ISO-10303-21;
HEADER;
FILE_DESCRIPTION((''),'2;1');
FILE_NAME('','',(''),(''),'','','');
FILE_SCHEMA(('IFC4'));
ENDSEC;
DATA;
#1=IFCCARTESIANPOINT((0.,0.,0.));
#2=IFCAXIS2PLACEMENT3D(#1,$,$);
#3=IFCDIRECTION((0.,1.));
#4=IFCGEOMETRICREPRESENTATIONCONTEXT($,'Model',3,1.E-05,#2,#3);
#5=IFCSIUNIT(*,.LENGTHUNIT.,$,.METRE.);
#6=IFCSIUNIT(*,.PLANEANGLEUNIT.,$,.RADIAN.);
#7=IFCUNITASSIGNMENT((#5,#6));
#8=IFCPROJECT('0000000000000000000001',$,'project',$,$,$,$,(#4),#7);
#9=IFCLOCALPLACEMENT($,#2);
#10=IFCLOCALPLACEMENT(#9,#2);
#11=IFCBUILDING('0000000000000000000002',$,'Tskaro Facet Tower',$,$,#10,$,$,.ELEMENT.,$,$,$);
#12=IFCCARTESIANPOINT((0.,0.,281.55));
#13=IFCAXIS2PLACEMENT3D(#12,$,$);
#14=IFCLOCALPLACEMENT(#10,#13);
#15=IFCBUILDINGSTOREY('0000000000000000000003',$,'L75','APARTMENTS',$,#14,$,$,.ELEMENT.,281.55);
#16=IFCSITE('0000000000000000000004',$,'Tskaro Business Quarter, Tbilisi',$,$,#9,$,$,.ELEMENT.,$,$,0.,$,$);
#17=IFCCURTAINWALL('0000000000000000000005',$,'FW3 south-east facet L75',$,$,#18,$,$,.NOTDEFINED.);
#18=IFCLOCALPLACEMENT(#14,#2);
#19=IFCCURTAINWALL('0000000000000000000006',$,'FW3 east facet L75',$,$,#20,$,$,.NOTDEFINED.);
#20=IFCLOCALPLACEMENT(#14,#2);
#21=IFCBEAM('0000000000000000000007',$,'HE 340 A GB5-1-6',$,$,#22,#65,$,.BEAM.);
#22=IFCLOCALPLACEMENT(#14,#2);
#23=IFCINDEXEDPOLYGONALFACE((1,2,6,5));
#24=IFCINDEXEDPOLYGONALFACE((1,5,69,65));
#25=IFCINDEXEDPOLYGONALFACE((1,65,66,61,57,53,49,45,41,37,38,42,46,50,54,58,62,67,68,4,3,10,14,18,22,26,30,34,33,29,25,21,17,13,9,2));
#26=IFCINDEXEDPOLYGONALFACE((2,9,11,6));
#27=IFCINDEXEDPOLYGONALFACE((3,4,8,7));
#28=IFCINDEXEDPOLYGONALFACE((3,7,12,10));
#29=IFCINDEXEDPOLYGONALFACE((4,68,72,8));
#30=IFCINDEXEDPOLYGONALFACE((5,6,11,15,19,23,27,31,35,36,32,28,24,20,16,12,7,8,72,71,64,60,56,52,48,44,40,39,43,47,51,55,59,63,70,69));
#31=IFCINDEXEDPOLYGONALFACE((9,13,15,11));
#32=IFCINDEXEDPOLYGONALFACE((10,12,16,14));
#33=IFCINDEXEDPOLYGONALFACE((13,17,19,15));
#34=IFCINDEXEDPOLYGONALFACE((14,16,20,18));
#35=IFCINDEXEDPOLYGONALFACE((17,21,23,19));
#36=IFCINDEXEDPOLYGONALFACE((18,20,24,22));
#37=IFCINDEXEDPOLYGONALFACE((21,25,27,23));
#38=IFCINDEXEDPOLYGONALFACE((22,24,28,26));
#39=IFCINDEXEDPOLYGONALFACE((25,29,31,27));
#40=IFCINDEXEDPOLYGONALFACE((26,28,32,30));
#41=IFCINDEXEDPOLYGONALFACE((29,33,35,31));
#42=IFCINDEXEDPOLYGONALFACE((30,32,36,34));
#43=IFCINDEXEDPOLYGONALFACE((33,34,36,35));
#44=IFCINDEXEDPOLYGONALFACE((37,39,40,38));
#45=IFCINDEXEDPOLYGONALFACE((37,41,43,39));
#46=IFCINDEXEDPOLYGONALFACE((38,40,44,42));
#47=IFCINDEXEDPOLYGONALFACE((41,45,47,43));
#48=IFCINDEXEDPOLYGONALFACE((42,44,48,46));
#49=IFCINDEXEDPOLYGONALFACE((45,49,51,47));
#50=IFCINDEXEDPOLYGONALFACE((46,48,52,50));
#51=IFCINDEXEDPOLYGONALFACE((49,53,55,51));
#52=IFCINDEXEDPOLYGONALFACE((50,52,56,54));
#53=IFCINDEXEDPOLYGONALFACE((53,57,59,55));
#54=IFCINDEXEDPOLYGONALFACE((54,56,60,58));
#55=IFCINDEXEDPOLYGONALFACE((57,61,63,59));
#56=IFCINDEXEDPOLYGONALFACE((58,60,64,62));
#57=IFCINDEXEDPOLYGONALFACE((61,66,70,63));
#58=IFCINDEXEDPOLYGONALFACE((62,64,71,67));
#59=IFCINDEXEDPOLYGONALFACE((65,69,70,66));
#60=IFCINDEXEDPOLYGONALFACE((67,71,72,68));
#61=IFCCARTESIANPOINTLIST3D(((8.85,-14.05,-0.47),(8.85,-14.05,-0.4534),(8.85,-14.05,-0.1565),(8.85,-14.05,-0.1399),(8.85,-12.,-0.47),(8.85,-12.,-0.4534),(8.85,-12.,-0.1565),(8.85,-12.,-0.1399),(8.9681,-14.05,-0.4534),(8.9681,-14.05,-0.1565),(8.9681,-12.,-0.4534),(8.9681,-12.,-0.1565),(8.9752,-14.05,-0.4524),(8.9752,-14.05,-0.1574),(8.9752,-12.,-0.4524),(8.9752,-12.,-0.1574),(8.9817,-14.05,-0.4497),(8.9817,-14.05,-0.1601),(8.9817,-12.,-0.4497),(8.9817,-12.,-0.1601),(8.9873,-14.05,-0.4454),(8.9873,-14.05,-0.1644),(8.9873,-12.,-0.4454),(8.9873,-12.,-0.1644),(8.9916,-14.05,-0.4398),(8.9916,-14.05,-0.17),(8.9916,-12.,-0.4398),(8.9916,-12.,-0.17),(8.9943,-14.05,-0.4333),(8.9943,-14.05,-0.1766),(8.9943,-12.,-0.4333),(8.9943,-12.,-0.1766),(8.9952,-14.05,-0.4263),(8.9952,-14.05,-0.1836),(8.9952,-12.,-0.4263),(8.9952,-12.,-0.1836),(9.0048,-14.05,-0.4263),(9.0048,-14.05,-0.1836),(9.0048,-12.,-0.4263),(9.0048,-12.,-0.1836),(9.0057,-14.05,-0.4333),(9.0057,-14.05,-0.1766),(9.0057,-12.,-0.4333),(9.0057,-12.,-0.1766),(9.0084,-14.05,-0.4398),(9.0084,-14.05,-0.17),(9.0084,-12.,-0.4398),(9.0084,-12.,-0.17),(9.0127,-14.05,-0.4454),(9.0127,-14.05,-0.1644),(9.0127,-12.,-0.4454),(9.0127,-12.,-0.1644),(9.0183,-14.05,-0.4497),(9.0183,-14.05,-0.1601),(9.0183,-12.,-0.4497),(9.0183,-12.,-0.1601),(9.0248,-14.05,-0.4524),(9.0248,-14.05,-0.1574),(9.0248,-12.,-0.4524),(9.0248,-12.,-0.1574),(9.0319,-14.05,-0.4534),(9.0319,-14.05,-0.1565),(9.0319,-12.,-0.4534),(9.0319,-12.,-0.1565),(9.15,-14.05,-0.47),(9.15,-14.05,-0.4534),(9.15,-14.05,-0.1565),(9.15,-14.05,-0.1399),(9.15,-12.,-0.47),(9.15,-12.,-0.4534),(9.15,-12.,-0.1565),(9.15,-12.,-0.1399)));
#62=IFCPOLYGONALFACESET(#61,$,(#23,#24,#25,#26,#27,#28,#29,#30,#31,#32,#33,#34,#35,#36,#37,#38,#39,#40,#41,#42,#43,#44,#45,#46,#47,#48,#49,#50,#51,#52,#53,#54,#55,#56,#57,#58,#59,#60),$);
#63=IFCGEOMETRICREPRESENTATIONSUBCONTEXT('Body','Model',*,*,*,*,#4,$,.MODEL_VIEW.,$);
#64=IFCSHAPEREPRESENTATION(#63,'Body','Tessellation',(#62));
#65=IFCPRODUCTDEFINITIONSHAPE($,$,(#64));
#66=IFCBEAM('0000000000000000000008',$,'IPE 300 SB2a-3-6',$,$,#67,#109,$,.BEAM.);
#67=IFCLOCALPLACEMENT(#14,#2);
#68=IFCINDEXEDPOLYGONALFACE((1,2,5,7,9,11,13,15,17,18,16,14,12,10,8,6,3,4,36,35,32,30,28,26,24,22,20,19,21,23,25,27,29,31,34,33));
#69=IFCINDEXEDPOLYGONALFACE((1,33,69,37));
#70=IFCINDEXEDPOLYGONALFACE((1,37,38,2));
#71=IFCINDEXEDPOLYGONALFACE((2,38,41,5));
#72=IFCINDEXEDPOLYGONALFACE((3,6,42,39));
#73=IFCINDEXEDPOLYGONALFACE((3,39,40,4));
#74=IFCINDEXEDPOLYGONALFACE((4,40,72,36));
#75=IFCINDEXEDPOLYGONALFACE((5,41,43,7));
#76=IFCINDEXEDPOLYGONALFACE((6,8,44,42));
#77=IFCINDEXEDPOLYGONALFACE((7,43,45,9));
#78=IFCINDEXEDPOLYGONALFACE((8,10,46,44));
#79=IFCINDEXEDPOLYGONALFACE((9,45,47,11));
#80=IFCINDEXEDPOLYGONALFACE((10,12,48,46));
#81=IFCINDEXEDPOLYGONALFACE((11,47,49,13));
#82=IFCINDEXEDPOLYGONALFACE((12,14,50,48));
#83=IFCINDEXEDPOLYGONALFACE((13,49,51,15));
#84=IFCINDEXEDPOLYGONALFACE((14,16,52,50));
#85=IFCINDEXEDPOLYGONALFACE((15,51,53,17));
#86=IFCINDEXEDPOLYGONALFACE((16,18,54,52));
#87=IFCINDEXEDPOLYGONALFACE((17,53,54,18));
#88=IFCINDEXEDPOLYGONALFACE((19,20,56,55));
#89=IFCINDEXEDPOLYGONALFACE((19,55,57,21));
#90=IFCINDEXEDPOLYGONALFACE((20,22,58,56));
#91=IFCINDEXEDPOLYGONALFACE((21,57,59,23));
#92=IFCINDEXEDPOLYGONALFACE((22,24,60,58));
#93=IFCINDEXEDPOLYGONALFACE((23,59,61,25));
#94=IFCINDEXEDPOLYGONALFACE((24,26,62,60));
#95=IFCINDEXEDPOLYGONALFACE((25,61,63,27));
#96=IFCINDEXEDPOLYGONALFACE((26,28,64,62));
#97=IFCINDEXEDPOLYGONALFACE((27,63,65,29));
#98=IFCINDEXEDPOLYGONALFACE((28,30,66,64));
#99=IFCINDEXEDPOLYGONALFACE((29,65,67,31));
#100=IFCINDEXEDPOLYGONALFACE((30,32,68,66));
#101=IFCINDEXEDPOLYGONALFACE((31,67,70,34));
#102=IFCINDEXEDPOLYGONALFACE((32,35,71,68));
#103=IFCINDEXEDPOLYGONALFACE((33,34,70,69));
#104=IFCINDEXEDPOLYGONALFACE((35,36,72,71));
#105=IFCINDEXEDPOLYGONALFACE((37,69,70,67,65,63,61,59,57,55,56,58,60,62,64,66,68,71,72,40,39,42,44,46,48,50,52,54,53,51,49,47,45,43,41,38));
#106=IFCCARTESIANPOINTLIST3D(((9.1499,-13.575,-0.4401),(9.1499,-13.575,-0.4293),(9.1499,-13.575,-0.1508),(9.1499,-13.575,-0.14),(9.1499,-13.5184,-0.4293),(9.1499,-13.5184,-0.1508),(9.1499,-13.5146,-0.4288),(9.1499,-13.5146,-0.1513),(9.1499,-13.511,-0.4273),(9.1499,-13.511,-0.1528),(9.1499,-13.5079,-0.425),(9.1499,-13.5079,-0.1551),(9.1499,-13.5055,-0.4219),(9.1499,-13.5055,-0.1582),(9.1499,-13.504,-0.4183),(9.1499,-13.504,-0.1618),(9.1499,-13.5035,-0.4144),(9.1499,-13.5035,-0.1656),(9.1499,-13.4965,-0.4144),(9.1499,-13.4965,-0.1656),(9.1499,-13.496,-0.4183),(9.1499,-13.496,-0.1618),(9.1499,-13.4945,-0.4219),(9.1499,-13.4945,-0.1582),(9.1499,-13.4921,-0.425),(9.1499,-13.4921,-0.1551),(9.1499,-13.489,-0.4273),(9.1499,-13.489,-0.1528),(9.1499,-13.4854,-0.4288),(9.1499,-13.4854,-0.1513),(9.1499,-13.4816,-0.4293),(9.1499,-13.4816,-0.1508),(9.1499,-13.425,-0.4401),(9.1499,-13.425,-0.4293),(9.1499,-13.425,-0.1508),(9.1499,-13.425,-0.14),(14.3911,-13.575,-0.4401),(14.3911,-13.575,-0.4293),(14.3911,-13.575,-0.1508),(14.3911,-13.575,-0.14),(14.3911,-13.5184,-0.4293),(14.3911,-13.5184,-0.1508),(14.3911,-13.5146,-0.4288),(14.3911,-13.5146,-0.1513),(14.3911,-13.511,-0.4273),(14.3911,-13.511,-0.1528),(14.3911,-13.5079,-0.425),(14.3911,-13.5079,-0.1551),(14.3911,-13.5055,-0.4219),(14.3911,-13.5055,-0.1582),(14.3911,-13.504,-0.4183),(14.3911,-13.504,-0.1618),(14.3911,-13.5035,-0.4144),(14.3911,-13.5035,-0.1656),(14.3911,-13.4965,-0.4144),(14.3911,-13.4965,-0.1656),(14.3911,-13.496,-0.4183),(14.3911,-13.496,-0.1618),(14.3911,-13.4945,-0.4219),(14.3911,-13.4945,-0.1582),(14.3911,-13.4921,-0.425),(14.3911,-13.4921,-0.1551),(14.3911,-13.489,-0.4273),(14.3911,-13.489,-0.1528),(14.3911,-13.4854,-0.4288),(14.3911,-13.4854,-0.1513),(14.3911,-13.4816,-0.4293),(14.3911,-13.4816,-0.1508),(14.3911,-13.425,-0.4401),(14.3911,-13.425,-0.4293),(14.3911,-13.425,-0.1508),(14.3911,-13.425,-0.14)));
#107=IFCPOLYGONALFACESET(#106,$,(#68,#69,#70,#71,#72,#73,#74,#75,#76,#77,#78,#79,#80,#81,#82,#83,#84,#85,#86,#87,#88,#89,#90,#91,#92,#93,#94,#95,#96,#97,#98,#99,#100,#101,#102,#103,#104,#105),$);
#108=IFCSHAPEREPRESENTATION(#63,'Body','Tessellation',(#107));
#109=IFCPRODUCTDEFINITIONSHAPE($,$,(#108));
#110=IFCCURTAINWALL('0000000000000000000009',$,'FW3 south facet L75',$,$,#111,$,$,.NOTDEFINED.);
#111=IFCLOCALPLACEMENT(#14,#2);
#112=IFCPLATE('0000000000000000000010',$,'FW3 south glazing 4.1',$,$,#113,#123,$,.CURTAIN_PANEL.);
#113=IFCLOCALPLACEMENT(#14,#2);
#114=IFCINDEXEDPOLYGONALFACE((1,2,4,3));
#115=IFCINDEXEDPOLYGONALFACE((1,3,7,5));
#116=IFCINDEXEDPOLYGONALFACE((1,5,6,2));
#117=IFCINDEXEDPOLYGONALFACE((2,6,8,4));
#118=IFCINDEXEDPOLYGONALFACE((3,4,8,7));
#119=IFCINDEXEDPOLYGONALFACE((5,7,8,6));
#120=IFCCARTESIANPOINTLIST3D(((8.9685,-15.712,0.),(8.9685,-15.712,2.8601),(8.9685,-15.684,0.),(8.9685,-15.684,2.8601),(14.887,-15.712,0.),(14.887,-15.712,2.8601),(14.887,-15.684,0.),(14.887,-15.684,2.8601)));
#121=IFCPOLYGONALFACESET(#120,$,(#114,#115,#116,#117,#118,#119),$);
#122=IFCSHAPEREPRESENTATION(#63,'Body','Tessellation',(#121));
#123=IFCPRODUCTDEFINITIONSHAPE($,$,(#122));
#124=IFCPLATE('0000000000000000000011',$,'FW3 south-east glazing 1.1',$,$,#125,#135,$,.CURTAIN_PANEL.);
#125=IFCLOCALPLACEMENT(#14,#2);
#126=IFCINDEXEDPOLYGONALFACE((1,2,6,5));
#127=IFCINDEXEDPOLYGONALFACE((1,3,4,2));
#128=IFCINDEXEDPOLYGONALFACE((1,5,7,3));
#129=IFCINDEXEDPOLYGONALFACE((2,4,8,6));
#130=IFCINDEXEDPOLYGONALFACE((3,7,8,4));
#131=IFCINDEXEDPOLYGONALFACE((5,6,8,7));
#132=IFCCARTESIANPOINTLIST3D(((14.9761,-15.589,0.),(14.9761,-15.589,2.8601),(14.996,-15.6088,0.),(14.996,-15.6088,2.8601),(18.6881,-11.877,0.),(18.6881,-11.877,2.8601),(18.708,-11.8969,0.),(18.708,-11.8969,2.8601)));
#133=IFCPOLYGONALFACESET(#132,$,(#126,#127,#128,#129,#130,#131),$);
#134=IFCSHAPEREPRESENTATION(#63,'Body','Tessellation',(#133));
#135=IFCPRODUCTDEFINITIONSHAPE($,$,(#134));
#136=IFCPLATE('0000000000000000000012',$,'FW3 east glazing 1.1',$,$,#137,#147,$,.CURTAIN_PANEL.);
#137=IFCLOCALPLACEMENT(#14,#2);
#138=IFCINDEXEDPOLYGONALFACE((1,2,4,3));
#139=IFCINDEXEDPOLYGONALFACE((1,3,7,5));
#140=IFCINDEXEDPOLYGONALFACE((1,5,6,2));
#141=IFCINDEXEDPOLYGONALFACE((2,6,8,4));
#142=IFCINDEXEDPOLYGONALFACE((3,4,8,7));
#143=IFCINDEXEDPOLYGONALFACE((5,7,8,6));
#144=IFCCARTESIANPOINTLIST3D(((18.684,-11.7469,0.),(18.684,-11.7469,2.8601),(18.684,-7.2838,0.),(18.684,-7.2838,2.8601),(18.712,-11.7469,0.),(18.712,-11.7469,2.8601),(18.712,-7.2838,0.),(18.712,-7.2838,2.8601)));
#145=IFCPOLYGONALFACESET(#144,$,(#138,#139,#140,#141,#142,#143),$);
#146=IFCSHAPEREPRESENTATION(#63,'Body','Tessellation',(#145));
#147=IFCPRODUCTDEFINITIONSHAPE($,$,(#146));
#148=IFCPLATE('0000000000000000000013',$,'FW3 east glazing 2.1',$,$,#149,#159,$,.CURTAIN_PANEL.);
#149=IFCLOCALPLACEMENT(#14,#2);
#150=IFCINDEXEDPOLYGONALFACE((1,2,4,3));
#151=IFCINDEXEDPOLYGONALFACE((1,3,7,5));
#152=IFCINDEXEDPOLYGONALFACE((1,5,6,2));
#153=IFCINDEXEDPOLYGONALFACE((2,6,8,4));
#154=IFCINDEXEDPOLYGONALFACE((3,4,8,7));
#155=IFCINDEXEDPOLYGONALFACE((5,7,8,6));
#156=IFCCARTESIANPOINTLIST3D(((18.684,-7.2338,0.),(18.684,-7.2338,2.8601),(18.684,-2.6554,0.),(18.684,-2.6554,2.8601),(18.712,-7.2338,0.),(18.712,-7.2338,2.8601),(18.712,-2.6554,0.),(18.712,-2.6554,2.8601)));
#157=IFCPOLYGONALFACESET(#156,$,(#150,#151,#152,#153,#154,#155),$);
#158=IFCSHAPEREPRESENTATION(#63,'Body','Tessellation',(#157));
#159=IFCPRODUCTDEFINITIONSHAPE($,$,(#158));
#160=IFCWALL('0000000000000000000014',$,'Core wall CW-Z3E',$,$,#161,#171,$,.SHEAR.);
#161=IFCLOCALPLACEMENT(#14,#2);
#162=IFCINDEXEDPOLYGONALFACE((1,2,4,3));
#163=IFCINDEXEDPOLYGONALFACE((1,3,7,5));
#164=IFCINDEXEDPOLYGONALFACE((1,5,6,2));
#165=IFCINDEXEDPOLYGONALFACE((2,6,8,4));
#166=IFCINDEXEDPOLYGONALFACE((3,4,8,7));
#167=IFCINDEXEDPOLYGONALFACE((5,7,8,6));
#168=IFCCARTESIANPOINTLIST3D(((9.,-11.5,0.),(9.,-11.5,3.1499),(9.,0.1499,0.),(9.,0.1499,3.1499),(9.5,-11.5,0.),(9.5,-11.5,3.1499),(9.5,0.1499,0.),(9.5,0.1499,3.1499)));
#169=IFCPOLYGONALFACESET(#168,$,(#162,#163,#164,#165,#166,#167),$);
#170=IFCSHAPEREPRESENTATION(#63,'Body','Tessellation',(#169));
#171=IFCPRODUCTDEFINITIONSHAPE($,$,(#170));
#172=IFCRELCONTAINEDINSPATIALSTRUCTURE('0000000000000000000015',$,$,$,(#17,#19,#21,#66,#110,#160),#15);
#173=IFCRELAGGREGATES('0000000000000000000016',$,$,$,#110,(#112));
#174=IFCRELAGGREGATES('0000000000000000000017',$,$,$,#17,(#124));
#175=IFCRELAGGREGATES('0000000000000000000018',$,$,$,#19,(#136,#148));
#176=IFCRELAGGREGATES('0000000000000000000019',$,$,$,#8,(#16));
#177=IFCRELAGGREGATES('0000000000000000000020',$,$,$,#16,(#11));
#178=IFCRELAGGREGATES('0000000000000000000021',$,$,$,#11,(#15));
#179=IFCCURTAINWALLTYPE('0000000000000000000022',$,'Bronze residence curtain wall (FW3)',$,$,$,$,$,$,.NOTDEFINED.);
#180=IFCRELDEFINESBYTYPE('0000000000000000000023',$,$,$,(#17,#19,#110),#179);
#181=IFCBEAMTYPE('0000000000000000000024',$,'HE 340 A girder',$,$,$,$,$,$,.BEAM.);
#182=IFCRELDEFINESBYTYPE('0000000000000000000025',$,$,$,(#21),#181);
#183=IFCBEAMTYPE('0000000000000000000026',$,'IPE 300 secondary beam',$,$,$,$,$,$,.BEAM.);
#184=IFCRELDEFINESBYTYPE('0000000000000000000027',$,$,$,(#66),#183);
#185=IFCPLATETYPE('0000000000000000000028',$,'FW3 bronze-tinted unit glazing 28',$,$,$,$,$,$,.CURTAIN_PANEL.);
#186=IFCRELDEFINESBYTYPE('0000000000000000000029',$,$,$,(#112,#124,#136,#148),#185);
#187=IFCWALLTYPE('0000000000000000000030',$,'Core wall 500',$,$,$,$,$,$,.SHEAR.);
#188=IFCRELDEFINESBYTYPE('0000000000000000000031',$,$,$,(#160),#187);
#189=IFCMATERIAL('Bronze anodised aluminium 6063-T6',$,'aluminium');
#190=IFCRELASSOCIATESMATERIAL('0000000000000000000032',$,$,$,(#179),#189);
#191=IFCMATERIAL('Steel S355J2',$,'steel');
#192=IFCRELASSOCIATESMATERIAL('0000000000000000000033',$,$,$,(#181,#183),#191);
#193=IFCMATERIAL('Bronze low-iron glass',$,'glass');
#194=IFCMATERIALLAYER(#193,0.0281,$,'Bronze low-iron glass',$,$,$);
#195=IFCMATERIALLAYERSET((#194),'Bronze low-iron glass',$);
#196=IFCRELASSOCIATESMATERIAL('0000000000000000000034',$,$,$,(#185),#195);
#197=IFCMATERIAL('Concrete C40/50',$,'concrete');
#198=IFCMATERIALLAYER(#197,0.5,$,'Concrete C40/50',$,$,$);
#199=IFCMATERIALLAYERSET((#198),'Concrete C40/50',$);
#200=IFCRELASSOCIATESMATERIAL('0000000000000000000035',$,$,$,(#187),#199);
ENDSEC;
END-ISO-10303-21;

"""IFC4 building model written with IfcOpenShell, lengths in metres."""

from ifc_helpers import new_model, si_unit, direction, frame, frame_2d, origin, origin_2d, place, context, subcontext, project, spatial, rectangle, i_section, extrude, material, layer, layer_set, material_profile, profile_set, type_object, element, aggregate, save


model = new_model("IFC4")

# Units and contexts
model_context = context("Model", 3, precision=1e-05, world=origin(), true_north=direction((0.0, 1.0)))
body_context = subcontext(model_context, "Body", "Model", "MODEL_VIEW")
ifc_project = project(units=[si_unit("LENGTHUNIT", "METRE"), si_unit("PLANEANGLEUNIT", "RADIAN")], contexts=[model_context])

# Site, building, storey
site_placement = place(None, origin())
site = spatial("IfcSite", under=ifc_project, at=site_placement, Name="Tskaro Business Quarter, Tbilisi", CompositionType="ELEMENT", RefElevation=0.0)
building_placement = place(site_placement, origin())
building = spatial("IfcBuilding", under=site, at=building_placement, Name="Tskaro Facet Tower", CompositionType="ELEMENT")
storey_placement = place(building_placement, frame((0.0, 0.0, 281.55)))
storey = spatial("IfcBuildingStorey", under=building, at=storey_placement, Name="L75", Description="APARTMENTS", CompositionType="ELEMENT", Elevation=281.55)

# Shared definitions
ifc_material_1 = material(Name="Steel S355J2", Category="steel")

# Curtain wall
ifc_material_2 = material(Name="Bronze anodised aluminium 6063-T6", Category="aluminium")
curtain_wall_type = type_object("IfcCurtainWallType", Name="Bronze residence curtain wall (FW3)", PredefinedType="NOTDEFINED", material=ifc_material_2)
curtain_wall_1_placement = place(storey_placement, origin())
curtain_wall_1 = element("IfcCurtainWall", 1, at=curtain_wall_1_placement, inside=storey, type_object=curtain_wall_type, Name="FW3 south-east facet L75", PredefinedType="NOTDEFINED")

# Curtain wall
curtain_wall_2_placement = place(storey_placement, origin())
curtain_wall_2 = element("IfcCurtainWall", 2, at=curtain_wall_2_placement, inside=storey, type_object=curtain_wall_type, Name="FW3 east facet L75", PredefinedType="NOTDEFINED")

# Beams
ifc_material_profile_1 = material_profile(ifc_material_1, i_section(OverallWidth=0.3, OverallDepth=0.3301, WebThickness=0.0095, FlangeThickness=0.0166, FilletRadius=0.0271, at=origin_2d()), Name="HE 340 A")
ifc_profile_set_1 = profile_set([ifc_material_profile_1], Name="Steel S355J2")
beam_type_1 = type_object("IfcBeamType", Name="HE 340 A girder", PredefinedType="BEAM", material=ifc_profile_set_1)
beam_1_placement = place(storey_placement, frame((9.0, -14.05, -0.3049), z_axis=(0.0, 1.0, 0.0), x_axis=(-1.0, 0.0, 0.0)))
element("IfcBeam", 3, at=beam_1_placement, inside=storey, type_object=beam_type_1, Name="HE 340 A GB5-1-6", PredefinedType="BEAM", context=body_context, shape_type="SweptSolid", body=[
    extrude(i_section(OverallWidth=0.3, OverallDepth=0.3301, WebThickness=0.0095, FlangeThickness=0.0166, FilletRadius=0.0271, at=origin_2d()), origin(), (0.0, 0.0, 1.0), 2.05),
])
ifc_material_profile_2 = material_profile(ifc_material_1, i_section(OverallWidth=0.1499, OverallDepth=0.3, WebThickness=0.0071, FlangeThickness=0.0107, FilletRadius=0.0149, at=origin_2d()), Name="IPE 300")
ifc_profile_set_2 = profile_set([ifc_material_profile_2], Name="Steel S355J2")
beam_type_2 = type_object("IfcBeamType", Name="IPE 300 secondary beam", PredefinedType="BEAM", material=ifc_profile_set_2)
beam_2_placement = place(storey_placement, frame((9.1499, -13.5, -0.29), z_axis=(1.0, 0.0, 0.0), x_axis=(0.0, 1.0, 0.0)))
element("IfcBeam", 4, at=beam_2_placement, inside=storey, type_object=beam_type_2, Name="IPE 300 SB2a-3-6", PredefinedType="BEAM", context=body_context, shape_type="SweptSolid", body=[
    extrude(i_section(OverallWidth=0.1499, OverallDepth=0.3, WebThickness=0.0071, FlangeThickness=0.0107, FilletRadius=0.0149, at=origin_2d()), origin(), (0.0, 0.0, 1.0), 5.2412),
])

# Curtain wall, plate
curtain_wall_3_placement = place(storey_placement, origin())
curtain_wall_3 = element("IfcCurtainWall", 5, at=curtain_wall_3_placement, inside=storey, type_object=curtain_wall_type, Name="FW3 south facet L75", PredefinedType="NOTDEFINED")
ifc_material_3 = material(Name="Bronze low-iron glass", Category="glass")
ifc_layer_1 = layer(ifc_material_3, 0.0281, Name="Bronze low-iron glass")
ifc_layer_set_1 = layer_set([ifc_layer_1], Name="Bronze low-iron glass")
plate_type = type_object("IfcPlateType", Name="FW3 bronze-tinted unit glazing 28", PredefinedType="CURTAIN_PANEL", material=ifc_layer_set_1)
plate_1_placement = place(storey_placement, frame((11.9277, -15.698, 0.0), z_axis=(0.0, 0.0, 1.0), x_axis=(1.0, 0.0, 0.0)))
plate_1 = element("IfcPlate", 6, at=plate_1_placement, type_object=plate_type, Name="FW3 south glazing 4.1", PredefinedType="CURTAIN_PANEL", context=body_context, shape_type="SweptSolid", body=[
    extrude(rectangle(XDim=5.9185, YDim=0.0281, at=origin_2d()), origin(), (0.0, 0.0, 1.0), 2.8601),
])
aggregate(curtain_wall_3, [plate_1])

# Plates
plate_2_placement = place(storey_placement, frame((16.842, -13.7429, 0.0), z_axis=(0.0, 0.0, 1.0), x_axis=(0.707107, 0.707107, 0.0)))
plate_2 = element("IfcPlate", 7, at=plate_2_placement, type_object=plate_type, Name="FW3 south-east glazing 1.1", PredefinedType="CURTAIN_PANEL", context=body_context, shape_type="SweptSolid", body=[
    extrude(rectangle(XDim=5.2495, YDim=0.0281, at=origin_2d()), origin(), (0.0, 0.0, 1.0), 2.8601),
])
aggregate(curtain_wall_1, [plate_2])
plate_3_placement = place(storey_placement, frame((18.698, -9.5154, 0.0), z_axis=(0.0, 0.0, 1.0), x_axis=(0.0, 1.0, 0.0)))
plate_3 = element("IfcPlate", 8, at=plate_3_placement, type_object=plate_type, Name="FW3 east glazing 1.1", PredefinedType="CURTAIN_PANEL", context=body_context, shape_type="SweptSolid", body=[
    extrude(rectangle(XDim=4.4631, YDim=0.0281, at=origin_2d()), origin(), (0.0, 0.0, 1.0), 2.8601),
])
plate_4_placement = place(storey_placement, frame((18.698, -4.9446, 0.0), z_axis=(0.0, 0.0, 1.0), x_axis=(0.0, 1.0, 0.0)))
plate_4 = element("IfcPlate", 9, at=plate_4_placement, type_object=plate_type, Name="FW3 east glazing 2.1", PredefinedType="CURTAIN_PANEL", context=body_context, shape_type="SweptSolid", body=[
    extrude(rectangle(XDim=4.5784, YDim=0.0281, at=origin_2d()), origin(), (0.0, 0.0, 1.0), 2.8601),
])
aggregate(curtain_wall_2, [plate_3, plate_4])

# Wall
ifc_material_4 = material(Name="Concrete C40/50", Category="concrete")
ifc_layer_2 = layer(ifc_material_4, 0.5, Name="Concrete C40/50")
ifc_layer_set_2 = layer_set([ifc_layer_2], Name="Concrete C40/50")
wall_type_1 = type_object("IfcWallType", Name="Core wall 500", PredefinedType="SHEAR", material=ifc_layer_set_2)
wall_1_placement = place(storey_placement, frame((9.25, -11.5, 0.0), z_axis=(0.0, 0.0, 1.0), x_axis=(0.0, 1.0, 0.0)))
element("IfcWall", 10, at=wall_1_placement, inside=storey, type_object=wall_type_1, Name="Core wall CW-Z3E", PredefinedType="SHEAR", context=body_context, shape_type="SweptSolid", body=[
    extrude(rectangle(XDim=11.6499, YDim=0.5, at=frame_2d((5.825, 0.0))), origin(), (0.0, 0.0, 1.0), 3.1499),
])

save(model, "model.ifc")
